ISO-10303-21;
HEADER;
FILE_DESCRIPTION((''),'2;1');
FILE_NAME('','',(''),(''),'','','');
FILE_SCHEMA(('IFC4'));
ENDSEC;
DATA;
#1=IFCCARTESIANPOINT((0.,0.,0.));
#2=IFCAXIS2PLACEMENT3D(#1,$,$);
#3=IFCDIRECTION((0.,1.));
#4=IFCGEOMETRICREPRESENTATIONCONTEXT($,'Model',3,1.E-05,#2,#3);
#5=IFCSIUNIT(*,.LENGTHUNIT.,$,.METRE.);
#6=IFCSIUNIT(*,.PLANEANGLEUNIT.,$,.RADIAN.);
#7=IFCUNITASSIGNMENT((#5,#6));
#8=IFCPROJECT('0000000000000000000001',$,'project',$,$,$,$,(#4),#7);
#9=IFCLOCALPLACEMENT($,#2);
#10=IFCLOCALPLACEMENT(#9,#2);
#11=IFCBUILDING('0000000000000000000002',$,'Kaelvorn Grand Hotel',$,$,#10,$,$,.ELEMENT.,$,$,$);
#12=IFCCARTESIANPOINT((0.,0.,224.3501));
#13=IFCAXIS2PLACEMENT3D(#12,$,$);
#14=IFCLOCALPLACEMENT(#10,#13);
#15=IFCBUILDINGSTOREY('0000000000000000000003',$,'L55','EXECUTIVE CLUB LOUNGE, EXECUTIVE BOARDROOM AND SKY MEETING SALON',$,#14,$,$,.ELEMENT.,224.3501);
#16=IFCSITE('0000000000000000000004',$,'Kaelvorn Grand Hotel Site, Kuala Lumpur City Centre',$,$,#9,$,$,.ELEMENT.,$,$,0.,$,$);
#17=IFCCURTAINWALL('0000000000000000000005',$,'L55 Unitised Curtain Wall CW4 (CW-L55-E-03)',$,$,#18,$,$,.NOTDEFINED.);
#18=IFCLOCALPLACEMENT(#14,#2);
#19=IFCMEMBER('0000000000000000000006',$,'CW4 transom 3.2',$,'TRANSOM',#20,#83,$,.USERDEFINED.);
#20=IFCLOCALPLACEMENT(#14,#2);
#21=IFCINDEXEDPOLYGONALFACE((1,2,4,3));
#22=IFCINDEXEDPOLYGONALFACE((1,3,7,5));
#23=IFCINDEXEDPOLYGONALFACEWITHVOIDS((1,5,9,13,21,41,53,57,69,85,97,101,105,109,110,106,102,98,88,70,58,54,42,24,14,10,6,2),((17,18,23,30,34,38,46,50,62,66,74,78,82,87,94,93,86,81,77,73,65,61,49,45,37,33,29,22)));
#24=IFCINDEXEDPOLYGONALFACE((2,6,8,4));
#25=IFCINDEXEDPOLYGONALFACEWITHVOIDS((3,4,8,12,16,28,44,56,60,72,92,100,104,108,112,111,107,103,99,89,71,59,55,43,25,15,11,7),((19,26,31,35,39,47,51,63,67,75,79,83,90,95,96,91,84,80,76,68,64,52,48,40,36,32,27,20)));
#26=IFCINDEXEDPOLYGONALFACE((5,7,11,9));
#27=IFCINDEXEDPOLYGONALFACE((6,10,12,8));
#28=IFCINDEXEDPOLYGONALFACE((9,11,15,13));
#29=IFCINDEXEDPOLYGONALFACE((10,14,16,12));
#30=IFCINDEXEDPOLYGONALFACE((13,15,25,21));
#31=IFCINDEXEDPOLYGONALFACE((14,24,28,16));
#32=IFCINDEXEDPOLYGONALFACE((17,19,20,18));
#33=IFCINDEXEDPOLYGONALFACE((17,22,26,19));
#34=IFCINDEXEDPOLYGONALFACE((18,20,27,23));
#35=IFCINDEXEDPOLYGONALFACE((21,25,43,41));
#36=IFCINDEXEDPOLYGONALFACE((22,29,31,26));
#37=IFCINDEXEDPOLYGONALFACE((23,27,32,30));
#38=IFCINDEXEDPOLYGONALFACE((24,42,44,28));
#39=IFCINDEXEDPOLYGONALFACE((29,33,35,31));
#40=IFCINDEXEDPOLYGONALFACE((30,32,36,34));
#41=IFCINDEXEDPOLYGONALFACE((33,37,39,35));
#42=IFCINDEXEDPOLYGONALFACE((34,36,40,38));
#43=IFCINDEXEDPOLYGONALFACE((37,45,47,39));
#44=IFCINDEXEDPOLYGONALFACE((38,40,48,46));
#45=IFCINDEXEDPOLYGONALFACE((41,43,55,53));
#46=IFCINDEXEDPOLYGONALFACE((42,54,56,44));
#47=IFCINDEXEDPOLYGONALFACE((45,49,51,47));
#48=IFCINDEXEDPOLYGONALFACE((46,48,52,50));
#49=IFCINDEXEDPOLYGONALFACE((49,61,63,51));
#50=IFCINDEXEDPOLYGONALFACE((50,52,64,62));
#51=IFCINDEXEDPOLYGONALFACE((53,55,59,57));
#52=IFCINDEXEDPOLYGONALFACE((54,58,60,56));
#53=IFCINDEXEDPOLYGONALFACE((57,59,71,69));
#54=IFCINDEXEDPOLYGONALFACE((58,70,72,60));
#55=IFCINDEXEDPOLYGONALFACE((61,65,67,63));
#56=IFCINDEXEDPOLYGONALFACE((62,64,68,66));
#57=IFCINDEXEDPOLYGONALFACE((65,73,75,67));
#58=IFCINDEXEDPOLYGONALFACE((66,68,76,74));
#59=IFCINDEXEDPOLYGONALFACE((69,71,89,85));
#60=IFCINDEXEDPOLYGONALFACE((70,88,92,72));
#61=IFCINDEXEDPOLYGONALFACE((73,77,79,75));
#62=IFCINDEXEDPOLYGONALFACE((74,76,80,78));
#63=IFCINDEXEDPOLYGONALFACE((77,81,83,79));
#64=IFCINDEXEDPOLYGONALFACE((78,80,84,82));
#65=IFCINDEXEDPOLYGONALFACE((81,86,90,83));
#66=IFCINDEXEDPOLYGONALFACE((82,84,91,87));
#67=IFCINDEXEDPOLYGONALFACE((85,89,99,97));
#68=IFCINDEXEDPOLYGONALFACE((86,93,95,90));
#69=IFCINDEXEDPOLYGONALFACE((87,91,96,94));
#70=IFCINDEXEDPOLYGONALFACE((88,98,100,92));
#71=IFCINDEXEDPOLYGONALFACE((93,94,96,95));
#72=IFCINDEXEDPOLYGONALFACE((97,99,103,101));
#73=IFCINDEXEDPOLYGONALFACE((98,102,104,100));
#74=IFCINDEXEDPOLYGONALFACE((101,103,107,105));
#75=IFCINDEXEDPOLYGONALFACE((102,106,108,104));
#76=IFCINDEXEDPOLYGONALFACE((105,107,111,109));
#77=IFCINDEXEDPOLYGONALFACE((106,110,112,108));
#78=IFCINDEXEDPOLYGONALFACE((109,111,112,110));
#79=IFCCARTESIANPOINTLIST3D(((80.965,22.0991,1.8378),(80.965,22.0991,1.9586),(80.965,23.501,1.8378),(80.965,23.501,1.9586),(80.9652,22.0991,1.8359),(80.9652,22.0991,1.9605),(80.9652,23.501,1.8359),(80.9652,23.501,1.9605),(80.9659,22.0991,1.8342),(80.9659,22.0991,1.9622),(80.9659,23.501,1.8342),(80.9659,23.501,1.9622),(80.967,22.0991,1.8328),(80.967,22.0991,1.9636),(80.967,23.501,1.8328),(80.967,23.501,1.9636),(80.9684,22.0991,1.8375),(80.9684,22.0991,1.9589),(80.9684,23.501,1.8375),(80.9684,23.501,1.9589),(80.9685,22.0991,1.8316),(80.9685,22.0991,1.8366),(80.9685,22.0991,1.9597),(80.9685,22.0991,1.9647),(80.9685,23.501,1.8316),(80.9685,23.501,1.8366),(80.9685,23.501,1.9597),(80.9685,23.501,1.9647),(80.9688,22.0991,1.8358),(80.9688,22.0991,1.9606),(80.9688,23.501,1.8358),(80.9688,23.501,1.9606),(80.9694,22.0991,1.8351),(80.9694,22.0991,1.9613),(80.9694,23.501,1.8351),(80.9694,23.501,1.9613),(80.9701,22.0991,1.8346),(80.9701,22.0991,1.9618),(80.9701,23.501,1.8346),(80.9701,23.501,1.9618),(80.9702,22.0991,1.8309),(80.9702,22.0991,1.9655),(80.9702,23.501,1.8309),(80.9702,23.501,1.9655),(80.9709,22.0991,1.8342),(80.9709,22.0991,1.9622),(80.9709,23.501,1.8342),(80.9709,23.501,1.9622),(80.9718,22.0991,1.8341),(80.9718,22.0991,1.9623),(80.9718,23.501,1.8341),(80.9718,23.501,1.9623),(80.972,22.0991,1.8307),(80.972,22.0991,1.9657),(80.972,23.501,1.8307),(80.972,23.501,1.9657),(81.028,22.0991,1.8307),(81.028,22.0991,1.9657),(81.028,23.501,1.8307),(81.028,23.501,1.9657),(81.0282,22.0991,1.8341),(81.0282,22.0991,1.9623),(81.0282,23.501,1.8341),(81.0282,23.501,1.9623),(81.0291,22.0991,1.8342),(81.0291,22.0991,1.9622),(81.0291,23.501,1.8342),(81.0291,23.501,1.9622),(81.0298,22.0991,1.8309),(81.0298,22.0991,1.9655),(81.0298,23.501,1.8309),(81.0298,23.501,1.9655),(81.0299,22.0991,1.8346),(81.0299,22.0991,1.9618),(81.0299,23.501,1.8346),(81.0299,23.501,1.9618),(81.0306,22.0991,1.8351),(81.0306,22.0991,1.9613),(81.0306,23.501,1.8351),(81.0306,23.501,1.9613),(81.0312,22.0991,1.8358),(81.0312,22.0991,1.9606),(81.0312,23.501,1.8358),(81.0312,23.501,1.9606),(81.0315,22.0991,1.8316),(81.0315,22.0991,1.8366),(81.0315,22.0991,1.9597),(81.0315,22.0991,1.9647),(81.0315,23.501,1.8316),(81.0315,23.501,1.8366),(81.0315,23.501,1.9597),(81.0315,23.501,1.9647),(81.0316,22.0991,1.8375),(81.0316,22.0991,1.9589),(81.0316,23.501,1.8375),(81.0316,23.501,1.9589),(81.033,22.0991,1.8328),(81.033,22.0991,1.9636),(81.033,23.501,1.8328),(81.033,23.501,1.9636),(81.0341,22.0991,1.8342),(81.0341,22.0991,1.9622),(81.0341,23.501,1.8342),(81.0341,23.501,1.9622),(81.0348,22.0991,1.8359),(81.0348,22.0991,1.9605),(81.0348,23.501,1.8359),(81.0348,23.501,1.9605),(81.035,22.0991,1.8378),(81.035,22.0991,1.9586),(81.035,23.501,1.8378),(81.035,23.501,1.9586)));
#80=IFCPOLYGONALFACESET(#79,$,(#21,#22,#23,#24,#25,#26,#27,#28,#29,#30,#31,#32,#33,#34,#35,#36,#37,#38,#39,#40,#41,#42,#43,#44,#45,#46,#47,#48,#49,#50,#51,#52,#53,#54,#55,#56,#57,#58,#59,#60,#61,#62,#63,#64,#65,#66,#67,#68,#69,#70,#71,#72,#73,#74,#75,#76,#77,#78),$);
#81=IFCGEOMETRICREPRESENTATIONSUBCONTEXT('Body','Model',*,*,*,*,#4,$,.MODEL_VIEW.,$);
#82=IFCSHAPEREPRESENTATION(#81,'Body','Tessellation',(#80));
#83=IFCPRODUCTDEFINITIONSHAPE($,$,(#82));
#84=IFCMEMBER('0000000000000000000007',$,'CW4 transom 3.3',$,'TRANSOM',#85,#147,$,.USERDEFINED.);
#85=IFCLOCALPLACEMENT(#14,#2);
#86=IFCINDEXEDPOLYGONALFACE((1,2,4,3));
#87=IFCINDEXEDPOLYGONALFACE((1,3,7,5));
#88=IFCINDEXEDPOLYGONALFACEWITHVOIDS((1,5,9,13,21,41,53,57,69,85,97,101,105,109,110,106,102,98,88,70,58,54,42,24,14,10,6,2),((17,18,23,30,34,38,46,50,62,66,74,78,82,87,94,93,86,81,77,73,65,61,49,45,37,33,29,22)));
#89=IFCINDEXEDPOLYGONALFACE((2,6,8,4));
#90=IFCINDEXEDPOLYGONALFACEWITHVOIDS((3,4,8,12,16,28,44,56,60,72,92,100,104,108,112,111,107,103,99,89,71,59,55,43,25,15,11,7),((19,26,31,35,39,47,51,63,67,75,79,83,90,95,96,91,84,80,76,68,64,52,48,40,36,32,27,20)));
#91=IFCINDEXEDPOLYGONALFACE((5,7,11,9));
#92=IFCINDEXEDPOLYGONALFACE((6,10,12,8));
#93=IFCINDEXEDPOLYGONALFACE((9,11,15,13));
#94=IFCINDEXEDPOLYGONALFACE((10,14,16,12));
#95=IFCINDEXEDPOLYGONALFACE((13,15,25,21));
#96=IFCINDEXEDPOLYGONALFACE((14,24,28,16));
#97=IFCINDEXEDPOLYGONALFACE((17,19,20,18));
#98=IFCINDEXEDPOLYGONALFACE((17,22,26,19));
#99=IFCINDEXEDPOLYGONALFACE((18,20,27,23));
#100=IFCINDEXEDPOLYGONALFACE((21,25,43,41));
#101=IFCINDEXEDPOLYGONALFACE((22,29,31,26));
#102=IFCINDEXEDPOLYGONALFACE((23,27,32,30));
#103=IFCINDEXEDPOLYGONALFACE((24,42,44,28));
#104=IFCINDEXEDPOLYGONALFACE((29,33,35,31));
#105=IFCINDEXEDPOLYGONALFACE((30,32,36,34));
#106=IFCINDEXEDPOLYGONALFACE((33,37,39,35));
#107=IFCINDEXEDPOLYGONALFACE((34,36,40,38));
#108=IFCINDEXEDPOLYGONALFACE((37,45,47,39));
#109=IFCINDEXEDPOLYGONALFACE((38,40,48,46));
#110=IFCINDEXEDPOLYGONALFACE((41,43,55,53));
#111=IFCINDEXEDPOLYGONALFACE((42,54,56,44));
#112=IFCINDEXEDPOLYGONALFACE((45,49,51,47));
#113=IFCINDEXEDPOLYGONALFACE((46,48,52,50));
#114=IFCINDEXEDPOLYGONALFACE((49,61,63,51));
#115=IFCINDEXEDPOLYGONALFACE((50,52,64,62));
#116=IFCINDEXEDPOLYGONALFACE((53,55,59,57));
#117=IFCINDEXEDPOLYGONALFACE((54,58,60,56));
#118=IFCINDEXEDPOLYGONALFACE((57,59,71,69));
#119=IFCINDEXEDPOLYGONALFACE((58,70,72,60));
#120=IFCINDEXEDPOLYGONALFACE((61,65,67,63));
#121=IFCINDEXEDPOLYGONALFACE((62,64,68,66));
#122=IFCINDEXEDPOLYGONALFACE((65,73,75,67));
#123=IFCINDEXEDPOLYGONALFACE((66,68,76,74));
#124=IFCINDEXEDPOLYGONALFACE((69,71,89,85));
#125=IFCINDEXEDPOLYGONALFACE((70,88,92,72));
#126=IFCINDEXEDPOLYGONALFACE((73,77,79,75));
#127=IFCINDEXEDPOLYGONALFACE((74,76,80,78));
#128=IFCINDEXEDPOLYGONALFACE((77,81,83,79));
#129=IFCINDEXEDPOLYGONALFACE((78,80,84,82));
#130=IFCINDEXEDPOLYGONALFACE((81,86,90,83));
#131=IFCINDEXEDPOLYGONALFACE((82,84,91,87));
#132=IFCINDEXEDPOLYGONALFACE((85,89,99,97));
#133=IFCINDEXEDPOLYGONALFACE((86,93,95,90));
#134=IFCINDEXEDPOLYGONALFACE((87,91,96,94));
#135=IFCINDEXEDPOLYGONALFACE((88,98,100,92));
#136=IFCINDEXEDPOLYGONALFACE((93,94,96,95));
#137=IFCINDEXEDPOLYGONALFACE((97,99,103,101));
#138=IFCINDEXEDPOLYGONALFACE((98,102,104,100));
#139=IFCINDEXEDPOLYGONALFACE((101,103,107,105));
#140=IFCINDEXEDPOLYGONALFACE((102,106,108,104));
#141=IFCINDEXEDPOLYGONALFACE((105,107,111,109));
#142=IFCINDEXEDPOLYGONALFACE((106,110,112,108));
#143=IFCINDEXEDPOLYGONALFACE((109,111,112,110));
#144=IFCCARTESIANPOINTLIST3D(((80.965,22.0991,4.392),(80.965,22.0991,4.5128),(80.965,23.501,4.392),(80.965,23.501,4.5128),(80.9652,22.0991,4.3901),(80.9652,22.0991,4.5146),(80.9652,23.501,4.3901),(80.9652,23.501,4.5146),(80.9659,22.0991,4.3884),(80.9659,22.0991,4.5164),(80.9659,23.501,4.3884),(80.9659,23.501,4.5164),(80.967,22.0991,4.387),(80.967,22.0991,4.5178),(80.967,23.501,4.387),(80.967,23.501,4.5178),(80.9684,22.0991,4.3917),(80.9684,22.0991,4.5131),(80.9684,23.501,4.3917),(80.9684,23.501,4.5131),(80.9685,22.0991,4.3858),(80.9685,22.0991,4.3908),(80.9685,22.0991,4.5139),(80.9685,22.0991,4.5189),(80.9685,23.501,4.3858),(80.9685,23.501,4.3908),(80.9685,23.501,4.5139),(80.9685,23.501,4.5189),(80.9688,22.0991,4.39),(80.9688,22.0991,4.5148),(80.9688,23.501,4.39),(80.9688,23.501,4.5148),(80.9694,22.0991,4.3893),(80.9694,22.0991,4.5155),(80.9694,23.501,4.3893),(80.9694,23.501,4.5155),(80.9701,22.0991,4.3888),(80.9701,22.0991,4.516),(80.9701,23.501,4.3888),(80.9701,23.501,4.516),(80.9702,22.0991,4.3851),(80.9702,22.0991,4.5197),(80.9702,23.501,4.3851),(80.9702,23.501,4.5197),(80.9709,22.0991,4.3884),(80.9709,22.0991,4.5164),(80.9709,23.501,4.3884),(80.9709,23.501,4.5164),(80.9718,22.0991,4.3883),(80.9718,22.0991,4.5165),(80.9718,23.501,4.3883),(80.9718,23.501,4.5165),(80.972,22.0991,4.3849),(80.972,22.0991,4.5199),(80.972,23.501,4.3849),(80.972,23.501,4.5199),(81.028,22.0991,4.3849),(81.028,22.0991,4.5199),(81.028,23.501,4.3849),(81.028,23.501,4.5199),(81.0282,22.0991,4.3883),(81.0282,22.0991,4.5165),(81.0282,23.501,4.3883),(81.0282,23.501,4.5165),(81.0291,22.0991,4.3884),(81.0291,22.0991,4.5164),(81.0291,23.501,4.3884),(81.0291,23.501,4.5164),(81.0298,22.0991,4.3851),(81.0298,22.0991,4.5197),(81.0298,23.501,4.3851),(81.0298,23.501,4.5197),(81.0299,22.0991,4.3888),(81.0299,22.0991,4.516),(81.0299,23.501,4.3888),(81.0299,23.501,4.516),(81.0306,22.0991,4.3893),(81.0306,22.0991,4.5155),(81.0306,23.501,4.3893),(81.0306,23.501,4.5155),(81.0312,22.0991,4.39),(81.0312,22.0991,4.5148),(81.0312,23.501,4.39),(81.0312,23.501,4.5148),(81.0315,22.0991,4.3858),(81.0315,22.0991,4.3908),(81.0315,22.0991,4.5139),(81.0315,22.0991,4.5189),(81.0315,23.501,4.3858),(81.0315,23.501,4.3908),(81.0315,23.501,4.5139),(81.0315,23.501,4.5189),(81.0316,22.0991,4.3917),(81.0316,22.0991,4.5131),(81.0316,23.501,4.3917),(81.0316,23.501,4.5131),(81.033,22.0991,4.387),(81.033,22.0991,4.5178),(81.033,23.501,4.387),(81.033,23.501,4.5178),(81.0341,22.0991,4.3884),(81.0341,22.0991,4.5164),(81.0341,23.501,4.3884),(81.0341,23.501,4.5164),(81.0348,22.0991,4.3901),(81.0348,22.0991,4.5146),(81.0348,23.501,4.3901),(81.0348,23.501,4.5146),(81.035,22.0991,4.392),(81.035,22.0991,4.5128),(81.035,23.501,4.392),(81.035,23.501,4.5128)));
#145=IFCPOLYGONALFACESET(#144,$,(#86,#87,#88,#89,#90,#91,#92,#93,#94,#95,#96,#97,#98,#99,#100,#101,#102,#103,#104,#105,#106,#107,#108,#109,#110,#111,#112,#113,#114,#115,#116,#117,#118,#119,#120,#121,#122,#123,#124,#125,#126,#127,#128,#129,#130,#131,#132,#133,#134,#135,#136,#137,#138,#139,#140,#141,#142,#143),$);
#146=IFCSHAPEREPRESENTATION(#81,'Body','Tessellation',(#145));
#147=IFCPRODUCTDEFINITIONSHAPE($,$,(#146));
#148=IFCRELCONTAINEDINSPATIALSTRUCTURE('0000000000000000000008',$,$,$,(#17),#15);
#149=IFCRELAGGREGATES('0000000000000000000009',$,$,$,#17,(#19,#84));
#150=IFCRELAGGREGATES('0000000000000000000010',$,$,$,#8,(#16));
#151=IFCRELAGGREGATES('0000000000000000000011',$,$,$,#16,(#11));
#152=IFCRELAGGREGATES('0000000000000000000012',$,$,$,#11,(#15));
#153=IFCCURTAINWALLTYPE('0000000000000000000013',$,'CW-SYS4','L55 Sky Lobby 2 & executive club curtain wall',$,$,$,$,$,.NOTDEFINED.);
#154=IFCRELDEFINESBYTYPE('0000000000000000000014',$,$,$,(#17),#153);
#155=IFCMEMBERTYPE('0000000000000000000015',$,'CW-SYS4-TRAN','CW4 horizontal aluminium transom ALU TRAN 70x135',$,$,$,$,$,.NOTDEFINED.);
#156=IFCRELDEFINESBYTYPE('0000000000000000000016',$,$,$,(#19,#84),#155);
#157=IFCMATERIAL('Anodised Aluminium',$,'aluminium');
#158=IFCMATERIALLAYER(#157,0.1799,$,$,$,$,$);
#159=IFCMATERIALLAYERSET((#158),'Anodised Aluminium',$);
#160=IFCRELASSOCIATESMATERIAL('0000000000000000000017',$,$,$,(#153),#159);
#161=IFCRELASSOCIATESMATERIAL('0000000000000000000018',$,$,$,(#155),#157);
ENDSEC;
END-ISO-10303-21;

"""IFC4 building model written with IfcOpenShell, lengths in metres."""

from ifc_helpers import new_model, si_unit, direction, frame, origin, origin_2d, place, context, subcontext, project, spatial, hollow_rectangle, extrude, material, layer, layer_set, material_profile, profile_set, type_object, element, aggregate, save


model = new_model("IFC4")

# Units and contexts
model_context = context("Model", 3, precision=1e-05, world=origin(), true_north=direction((0.0, 1.0)))
body_context = subcontext(model_context, "Body", "Model", "MODEL_VIEW")
ifc_project = project(units=[si_unit("LENGTHUNIT", "METRE"), si_unit("PLANEANGLEUNIT", "RADIAN")], contexts=[model_context])

# Site, building, storey
site_placement = place(None, origin())
site = spatial("IfcSite", under=ifc_project, at=site_placement, Name="Kaelvorn Grand Hotel Site, Kuala Lumpur City Centre", CompositionType="ELEMENT", RefElevation=0.0)
building_placement = place(site_placement, origin())
building = spatial("IfcBuilding", under=site, at=building_placement, Name="Kaelvorn Grand Hotel", CompositionType="ELEMENT")
storey_placement = place(building_placement, frame((0.0, 0.0, 224.3501)))
storey = spatial("IfcBuildingStorey", under=building, at=storey_placement, Name="L55", Description="EXECUTIVE CLUB LOUNGE, EXECUTIVE BOARDROOM AND SKY MEETING SALON", CompositionType="ELEMENT", Elevation=224.3501)

# Curtain wall, members
ifc_material_1 = material(Name="Anodised Aluminium", Category="aluminium")
ifc_layer_1 = layer(ifc_material_1, 0.1799)
ifc_layer_set_1 = layer_set([ifc_layer_1], Name="Anodised Aluminium")
curtain_wall_type = type_object("IfcCurtainWallType", Name="CW-SYS4", Description="L55 Sky Lobby 2 & executive club curtain wall", PredefinedType="NOTDEFINED", material=ifc_layer_set_1)
curtain_wall_placement = place(storey_placement, origin())
curtain_wall = element("IfcCurtainWall", 1, at=curtain_wall_placement, inside=storey, type_object=curtain_wall_type, Name="L55 Unitised Curtain Wall CW4 (CW-L55-E-03)", PredefinedType="NOTDEFINED")
ifc_material_profile_1 = material_profile(ifc_material_1, hollow_rectangle(XDim=0.0701, YDim=0.135, WallThickness=0.0034, InnerFilletRadius=0.0034, OuterFilletRadius=0.0071, at=origin_2d()), Name="ALU TRAN 70x135")
ifc_profile_set_1 = profile_set([ifc_material_profile_1], Name="Anodised Aluminium")
member_type_1 = type_object("IfcMemberType", Name="CW-SYS4-TRAN", Description="CW4 horizontal aluminium transom ALU TRAN 70x135", PredefinedType="NOTDEFINED", material=ifc_profile_set_1)
member_1_placement = place(storey_placement, frame((81.0, 22.0991, 1.8982), z_axis=(0.0, 1.0, 0.0), x_axis=(-1.0, 0.0, 0.0)))
member_1 = element("IfcMember", 2, at=member_1_placement, type_object=member_type_1, Name="CW4 transom 3.2", ObjectType="TRANSOM", PredefinedType="USERDEFINED", context=body_context, shape_type="SweptSolid", body=[
    extrude(hollow_rectangle(XDim=0.0701, YDim=0.135, WallThickness=0.0034, InnerFilletRadius=0.0034, OuterFilletRadius=0.0071, at=origin_2d()), origin(), (0.0, 0.0, 1.0), 1.4019),
])
member_2_placement = place(storey_placement, frame((81.0, 22.0991, 4.4524), z_axis=(0.0, 1.0, 0.0), x_axis=(-1.0, 0.0, 0.0)))
member_2 = element("IfcMember", 3, at=member_2_placement, type_object=member_type_1, Name="CW4 transom 3.3", ObjectType="TRANSOM", PredefinedType="USERDEFINED", context=body_context, shape_type="SweptSolid", body=[
    extrude(hollow_rectangle(XDim=0.0701, YDim=0.135, WallThickness=0.0034, InnerFilletRadius=0.0034, OuterFilletRadius=0.0071, at=origin_2d()), origin(), (0.0, 0.0, 1.0), 1.4019),
])
aggregate(curtain_wall, [member_1, member_2])

save(model, "model.ifc")
